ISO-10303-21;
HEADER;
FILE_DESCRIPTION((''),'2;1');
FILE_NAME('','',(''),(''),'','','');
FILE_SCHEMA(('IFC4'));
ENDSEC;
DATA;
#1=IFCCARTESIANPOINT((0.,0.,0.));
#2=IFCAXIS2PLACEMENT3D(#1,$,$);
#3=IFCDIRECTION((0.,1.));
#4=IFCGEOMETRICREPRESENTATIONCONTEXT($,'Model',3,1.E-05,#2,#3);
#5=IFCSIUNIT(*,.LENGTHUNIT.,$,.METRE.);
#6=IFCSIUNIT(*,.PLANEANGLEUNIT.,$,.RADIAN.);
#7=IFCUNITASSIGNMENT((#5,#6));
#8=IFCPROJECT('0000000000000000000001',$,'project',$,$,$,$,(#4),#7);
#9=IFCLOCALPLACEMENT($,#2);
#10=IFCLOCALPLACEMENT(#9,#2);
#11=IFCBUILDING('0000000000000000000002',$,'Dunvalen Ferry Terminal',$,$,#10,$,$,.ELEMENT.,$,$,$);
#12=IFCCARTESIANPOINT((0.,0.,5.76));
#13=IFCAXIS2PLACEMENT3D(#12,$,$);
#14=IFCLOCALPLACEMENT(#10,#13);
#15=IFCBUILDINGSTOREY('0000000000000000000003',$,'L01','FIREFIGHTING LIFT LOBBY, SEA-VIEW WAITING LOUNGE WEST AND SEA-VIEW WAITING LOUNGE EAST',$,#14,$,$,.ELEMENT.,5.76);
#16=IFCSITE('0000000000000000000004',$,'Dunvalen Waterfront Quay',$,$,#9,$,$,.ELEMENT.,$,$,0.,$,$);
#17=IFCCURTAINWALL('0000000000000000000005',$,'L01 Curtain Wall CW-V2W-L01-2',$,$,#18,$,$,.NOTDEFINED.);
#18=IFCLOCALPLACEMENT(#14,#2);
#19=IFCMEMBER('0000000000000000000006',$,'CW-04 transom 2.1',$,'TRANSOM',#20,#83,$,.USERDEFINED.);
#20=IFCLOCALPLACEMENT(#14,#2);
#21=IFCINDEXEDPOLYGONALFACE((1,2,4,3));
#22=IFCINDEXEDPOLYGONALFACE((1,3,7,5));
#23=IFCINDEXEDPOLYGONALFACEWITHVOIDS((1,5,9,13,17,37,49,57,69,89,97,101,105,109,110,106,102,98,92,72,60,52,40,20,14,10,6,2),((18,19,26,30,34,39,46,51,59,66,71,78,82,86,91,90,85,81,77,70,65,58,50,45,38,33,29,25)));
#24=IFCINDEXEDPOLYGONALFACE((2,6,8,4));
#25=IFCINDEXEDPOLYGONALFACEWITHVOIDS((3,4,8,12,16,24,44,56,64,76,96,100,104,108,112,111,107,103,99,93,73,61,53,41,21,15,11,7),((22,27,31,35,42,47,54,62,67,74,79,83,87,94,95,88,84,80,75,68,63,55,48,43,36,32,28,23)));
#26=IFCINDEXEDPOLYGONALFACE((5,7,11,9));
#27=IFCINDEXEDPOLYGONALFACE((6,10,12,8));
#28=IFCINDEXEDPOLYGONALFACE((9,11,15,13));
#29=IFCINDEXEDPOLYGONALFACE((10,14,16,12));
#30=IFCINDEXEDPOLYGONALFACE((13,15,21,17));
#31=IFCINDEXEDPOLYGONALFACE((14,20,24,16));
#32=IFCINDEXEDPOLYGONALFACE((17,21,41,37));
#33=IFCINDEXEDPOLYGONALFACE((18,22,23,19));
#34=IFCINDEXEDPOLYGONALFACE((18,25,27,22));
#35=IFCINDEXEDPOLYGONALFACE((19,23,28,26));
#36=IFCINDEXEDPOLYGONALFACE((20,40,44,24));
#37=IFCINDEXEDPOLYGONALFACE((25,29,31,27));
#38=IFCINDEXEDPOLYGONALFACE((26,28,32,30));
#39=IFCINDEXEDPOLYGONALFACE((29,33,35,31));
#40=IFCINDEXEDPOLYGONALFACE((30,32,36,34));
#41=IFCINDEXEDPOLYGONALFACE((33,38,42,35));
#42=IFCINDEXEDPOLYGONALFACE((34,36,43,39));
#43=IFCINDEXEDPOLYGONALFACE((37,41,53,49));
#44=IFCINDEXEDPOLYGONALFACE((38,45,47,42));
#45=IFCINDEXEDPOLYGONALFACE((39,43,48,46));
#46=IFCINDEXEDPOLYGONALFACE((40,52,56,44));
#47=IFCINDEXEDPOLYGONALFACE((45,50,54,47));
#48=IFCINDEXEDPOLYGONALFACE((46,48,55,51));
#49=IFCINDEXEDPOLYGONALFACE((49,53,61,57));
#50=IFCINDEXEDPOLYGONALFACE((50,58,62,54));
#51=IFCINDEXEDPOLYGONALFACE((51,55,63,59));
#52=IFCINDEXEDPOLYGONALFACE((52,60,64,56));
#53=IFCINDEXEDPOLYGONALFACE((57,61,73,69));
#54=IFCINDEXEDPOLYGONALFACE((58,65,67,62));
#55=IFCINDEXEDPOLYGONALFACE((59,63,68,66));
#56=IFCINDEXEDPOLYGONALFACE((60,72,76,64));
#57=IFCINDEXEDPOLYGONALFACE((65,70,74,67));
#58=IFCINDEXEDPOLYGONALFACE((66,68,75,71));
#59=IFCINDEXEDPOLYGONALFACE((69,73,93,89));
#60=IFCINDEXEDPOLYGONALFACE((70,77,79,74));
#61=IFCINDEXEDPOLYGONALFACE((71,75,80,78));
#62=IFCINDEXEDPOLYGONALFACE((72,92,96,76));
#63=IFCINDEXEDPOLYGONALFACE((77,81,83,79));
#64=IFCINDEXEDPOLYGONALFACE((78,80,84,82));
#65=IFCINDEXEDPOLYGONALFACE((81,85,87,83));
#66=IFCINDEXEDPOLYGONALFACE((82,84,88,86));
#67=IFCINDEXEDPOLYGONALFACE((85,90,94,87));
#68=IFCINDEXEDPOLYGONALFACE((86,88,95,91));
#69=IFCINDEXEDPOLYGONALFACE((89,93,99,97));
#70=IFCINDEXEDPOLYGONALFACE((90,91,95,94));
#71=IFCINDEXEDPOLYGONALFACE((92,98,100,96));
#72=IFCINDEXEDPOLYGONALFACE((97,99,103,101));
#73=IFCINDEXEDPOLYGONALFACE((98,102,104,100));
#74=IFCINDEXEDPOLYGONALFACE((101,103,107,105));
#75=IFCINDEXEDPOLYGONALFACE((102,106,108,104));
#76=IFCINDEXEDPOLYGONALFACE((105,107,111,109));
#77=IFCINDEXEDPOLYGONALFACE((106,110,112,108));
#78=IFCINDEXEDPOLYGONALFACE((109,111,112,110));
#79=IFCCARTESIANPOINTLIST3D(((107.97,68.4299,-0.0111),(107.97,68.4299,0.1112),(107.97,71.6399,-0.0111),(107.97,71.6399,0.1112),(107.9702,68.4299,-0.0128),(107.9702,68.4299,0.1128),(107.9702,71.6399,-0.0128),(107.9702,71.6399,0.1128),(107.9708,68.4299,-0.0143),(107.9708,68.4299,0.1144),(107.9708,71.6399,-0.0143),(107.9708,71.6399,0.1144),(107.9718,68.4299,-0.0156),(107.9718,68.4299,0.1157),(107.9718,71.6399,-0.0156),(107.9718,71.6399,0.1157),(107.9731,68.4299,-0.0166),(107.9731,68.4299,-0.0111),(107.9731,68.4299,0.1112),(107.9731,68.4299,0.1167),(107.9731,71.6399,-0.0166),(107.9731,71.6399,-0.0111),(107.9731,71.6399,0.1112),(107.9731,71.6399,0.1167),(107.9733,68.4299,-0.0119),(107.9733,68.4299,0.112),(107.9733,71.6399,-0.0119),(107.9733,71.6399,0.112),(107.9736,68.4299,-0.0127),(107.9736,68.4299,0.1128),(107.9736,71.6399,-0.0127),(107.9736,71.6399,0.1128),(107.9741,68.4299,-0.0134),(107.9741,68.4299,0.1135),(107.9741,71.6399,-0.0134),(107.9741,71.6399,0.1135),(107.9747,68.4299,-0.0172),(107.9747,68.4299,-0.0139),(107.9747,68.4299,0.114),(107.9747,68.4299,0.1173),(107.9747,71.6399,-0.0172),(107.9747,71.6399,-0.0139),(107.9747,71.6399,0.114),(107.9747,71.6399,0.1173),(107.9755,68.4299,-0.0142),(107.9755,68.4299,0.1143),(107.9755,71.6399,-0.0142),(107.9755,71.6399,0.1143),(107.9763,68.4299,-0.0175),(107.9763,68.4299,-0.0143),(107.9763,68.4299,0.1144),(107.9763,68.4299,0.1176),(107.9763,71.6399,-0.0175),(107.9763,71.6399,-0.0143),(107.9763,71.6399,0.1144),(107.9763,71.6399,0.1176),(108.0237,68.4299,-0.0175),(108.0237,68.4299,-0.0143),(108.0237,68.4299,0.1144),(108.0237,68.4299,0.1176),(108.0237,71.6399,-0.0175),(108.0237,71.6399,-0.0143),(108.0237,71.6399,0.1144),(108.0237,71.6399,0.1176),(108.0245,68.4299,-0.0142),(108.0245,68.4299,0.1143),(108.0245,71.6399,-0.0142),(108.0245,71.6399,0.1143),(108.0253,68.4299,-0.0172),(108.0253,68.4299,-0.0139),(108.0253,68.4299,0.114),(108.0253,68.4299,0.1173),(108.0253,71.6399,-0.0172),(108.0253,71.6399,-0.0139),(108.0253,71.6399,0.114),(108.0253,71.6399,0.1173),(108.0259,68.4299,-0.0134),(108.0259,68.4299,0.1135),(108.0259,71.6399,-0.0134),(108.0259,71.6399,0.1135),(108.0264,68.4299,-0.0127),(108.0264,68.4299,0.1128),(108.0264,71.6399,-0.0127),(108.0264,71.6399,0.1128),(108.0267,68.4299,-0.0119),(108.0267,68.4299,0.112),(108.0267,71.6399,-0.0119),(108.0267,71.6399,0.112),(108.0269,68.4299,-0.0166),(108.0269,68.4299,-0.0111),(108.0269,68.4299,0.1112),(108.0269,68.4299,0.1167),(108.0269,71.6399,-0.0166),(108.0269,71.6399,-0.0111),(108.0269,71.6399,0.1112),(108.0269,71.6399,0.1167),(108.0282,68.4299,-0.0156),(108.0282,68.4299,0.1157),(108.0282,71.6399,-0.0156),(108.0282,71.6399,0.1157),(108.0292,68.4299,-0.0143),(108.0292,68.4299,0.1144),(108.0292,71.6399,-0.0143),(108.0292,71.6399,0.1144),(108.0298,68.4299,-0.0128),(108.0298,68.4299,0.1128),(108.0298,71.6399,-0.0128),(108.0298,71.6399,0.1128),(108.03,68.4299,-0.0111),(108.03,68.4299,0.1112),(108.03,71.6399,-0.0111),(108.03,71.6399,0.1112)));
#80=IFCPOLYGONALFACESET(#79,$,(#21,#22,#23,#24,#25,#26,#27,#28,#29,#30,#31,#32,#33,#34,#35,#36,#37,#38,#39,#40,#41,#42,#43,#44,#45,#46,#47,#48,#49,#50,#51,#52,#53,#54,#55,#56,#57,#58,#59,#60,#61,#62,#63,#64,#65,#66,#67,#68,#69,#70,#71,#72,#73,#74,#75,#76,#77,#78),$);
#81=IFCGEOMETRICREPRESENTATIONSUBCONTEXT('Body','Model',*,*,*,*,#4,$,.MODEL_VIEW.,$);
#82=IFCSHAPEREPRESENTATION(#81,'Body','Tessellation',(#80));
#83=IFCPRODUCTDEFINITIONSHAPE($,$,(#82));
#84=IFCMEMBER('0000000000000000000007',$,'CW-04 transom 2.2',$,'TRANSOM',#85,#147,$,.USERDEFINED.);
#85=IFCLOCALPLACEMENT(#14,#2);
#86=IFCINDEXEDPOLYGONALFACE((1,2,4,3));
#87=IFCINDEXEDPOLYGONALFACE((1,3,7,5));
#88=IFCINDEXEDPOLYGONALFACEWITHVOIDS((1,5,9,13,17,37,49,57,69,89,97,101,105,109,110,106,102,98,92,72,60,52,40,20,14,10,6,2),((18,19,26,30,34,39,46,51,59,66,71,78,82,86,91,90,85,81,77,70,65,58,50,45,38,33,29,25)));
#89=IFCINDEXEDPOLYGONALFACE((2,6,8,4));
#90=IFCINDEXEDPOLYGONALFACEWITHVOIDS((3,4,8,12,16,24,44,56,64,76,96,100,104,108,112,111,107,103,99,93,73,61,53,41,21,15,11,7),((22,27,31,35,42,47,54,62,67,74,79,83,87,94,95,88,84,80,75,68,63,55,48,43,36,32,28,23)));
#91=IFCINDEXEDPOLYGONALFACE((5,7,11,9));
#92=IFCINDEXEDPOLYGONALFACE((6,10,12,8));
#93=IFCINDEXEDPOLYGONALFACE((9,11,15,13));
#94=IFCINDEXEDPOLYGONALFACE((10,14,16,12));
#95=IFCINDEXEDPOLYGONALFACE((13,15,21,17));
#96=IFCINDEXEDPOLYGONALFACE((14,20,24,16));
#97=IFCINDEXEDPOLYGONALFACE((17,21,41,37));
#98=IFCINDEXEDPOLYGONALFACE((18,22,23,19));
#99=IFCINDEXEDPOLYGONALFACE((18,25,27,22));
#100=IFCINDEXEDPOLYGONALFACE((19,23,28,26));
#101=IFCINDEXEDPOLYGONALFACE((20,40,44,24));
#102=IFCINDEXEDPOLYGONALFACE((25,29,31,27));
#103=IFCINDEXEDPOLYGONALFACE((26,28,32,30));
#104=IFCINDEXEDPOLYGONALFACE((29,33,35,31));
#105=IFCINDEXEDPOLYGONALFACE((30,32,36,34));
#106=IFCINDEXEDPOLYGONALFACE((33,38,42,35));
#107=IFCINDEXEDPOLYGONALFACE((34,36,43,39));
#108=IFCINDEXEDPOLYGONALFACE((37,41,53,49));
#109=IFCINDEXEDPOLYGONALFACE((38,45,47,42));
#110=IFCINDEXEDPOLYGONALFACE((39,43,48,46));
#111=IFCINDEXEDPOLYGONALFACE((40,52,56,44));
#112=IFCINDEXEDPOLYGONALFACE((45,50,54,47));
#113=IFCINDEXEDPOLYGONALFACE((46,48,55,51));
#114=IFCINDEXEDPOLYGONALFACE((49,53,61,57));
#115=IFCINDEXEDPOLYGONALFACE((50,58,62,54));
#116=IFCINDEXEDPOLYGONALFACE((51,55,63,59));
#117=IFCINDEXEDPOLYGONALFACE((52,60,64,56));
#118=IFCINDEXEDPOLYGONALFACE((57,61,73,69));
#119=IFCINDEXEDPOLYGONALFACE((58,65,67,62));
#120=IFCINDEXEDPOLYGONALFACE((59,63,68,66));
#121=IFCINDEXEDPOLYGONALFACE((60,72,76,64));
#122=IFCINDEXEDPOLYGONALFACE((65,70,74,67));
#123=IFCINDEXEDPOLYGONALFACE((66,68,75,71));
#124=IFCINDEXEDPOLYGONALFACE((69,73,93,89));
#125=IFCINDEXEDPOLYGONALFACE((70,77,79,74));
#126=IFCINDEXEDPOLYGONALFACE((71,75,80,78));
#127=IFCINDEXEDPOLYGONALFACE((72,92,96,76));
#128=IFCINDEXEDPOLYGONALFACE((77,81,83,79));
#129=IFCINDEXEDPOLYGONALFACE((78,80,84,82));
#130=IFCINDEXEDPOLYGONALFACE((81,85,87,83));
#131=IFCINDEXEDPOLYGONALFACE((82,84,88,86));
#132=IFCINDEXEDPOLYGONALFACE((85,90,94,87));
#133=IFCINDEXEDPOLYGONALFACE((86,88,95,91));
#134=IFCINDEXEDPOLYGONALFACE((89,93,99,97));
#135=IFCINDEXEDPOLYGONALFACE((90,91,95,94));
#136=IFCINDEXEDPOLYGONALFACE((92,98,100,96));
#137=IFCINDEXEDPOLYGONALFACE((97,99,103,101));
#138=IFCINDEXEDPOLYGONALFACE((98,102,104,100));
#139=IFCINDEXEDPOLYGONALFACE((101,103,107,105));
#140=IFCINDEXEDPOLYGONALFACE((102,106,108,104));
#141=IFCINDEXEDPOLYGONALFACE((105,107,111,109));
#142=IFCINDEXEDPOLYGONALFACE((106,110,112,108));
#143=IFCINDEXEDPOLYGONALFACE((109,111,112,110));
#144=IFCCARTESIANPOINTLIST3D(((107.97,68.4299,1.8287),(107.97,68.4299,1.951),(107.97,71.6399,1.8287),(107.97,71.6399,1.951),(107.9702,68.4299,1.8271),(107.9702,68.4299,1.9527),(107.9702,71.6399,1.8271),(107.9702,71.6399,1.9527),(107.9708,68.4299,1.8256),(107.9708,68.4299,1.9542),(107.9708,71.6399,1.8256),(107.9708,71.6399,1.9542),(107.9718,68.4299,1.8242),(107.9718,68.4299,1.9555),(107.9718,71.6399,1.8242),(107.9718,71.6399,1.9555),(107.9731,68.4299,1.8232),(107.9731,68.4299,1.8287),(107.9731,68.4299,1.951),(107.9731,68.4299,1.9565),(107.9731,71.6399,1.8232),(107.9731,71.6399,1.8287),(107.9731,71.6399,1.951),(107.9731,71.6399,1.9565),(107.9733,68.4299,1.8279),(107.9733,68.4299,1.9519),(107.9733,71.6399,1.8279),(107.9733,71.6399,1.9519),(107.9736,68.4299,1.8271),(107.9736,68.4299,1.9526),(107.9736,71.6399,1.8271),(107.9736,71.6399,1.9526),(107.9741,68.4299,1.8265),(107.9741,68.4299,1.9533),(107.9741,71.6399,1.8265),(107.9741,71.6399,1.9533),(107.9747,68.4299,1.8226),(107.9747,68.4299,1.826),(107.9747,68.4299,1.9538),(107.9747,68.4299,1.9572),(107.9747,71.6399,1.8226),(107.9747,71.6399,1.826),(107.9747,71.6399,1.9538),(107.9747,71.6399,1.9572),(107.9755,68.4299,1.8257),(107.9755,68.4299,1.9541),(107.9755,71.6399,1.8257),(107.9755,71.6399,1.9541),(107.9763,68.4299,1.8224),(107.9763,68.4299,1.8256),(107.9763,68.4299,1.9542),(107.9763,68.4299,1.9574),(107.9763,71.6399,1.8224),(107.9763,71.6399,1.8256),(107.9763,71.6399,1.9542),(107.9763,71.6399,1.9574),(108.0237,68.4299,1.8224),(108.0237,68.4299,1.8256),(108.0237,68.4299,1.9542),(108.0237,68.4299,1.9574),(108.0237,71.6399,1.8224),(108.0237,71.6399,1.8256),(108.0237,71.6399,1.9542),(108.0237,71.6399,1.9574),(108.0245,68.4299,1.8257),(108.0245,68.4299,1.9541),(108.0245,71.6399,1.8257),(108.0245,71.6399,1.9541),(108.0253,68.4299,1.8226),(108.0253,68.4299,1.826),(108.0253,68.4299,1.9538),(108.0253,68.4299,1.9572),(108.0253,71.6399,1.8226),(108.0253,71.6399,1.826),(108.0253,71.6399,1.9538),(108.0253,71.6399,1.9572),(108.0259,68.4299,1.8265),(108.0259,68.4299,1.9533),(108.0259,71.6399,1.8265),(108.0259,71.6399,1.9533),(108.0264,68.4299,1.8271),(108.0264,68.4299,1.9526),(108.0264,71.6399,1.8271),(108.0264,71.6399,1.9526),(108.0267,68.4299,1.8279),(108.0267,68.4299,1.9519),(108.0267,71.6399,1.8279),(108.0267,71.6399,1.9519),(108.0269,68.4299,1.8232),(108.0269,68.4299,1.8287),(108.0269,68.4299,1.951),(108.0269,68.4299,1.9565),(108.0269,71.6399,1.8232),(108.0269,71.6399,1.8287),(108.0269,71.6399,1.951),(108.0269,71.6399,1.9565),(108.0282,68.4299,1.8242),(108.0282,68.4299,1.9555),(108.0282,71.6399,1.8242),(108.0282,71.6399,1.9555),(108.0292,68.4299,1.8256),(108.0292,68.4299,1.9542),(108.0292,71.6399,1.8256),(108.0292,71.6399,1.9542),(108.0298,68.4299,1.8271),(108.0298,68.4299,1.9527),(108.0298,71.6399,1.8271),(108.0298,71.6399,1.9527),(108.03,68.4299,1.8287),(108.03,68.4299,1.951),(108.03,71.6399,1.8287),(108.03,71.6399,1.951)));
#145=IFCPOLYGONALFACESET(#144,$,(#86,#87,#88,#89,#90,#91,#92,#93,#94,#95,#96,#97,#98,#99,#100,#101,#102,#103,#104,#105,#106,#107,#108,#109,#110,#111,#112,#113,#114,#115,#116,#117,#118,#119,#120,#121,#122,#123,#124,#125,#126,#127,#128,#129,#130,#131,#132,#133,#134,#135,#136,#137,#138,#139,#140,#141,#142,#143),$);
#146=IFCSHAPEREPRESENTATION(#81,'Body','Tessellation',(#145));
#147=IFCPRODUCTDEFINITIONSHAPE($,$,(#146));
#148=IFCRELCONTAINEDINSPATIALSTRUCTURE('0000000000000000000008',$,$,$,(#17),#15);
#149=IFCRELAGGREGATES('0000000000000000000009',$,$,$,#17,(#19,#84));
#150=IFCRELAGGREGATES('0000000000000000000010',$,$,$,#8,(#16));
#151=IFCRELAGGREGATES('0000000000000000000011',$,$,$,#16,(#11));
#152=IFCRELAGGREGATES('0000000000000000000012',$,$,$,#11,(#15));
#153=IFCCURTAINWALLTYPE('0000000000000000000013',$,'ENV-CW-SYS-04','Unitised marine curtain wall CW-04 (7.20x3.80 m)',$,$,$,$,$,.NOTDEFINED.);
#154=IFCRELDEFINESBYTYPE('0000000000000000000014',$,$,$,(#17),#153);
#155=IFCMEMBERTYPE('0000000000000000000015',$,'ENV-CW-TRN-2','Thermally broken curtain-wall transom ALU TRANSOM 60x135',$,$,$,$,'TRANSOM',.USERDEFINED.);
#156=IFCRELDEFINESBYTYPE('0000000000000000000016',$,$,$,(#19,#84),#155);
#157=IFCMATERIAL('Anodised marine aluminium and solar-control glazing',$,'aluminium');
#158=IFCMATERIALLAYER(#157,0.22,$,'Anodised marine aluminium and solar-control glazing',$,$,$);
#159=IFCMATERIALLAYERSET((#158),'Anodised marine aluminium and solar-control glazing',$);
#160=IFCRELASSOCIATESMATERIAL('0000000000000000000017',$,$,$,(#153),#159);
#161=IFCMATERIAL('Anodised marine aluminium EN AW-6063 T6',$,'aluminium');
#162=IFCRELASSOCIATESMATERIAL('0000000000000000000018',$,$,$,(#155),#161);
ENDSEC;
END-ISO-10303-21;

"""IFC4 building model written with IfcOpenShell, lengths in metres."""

from ifc_helpers import new_model, si_unit, direction, frame, origin, origin_2d, place, context, subcontext, project, spatial, hollow_rectangle, extrude, material, layer, layer_set, material_profile, profile_set, type_object, element, aggregate, save


model = new_model("IFC4")

# Units and contexts
model_context = context("Model", 3, precision=1e-05, world=origin(), true_north=direction((0.0, 1.0)))
body_context = subcontext(model_context, "Body", "Model", "MODEL_VIEW")
ifc_project = project(units=[si_unit("LENGTHUNIT", "METRE"), si_unit("PLANEANGLEUNIT", "RADIAN")], contexts=[model_context])

# Site, building, storey
site_placement = place(None, origin())
site = spatial("IfcSite", under=ifc_project, at=site_placement, Name="Dunvalen Waterfront Quay", CompositionType="ELEMENT", RefElevation=0.0)
building_placement = place(site_placement, origin())
building = spatial("IfcBuilding", under=site, at=building_placement, Name="Dunvalen Ferry Terminal", CompositionType="ELEMENT")
storey_placement = place(building_placement, frame((0.0, 0.0, 5.76)))
storey = spatial("IfcBuildingStorey", under=building, at=storey_placement, Name="L01", Description="FIREFIGHTING LIFT LOBBY, SEA-VIEW WAITING LOUNGE WEST AND SEA-VIEW WAITING LOUNGE EAST", CompositionType="ELEMENT", Elevation=5.76)

# Curtain wall
ifc_material_1 = material(Name="Anodised marine aluminium and solar-control glazing", Category="aluminium")
ifc_layer_1 = layer(ifc_material_1, 0.22, Name="Anodised marine aluminium and solar-control glazing")
ifc_layer_set_1 = layer_set([ifc_layer_1], Name="Anodised marine aluminium and solar-control glazing")
curtain_wall_type_1 = type_object("IfcCurtainWallType", Name="ENV-CW-SYS-04", Description="Unitised marine curtain wall CW-04 (7.20x3.80 m)", PredefinedType="NOTDEFINED", material=ifc_layer_set_1)
curtain_wall_1_placement = place(storey_placement, origin())
curtain_wall_1 = element("IfcCurtainWall", 1, at=curtain_wall_1_placement, inside=storey, type_object=curtain_wall_type_1, Name="L01 Curtain Wall CW-V2W-L01-2", PredefinedType="NOTDEFINED")
ifc_material_2 = material(Name="Anodised marine aluminium EN AW-6063 T6", Category="aluminium")

# Members
ifc_material_profile_1 = material_profile(ifc_material_2, hollow_rectangle(XDim=0.0601, YDim=0.135, WallThickness=0.0032, InnerFilletRadius=0.0032, OuterFilletRadius=0.0063, at=origin_2d()), Name="Anodised marine aluminium EN AW-6063 T6")
ifc_profile_set_1 = profile_set([ifc_material_profile_1], Name="Anodised marine aluminium EN AW-6063 T6")
member_type_1 = type_object("IfcMemberType", Name="ENV-CW-TRN-2", Description="Thermally broken curtain-wall transom ALU TRANSOM 60x135", ElementType="TRANSOM", PredefinedType="USERDEFINED", material=ifc_profile_set_1)
member_1_placement = place(storey_placement, frame((108.0, 68.4299, 0.05), z_axis=(0.0, 1.0, 0.0), x_axis=(-1.0, 0.0, 0.0)))
member_1 = element("IfcMember", 2, at=member_1_placement, type_object=member_type_1, Name="CW-04 transom 2.1", ObjectType="TRANSOM", PredefinedType="USERDEFINED", context=body_context, shape_type="SweptSolid", body=[
    extrude(hollow_rectangle(XDim=0.0601, YDim=0.135, WallThickness=0.0032, InnerFilletRadius=0.0032, OuterFilletRadius=0.0063, at=origin_2d()), origin(), (0.0, 0.0, 1.0), 3.21),
])
member_2_placement = place(storey_placement, frame((108.0, 68.4299, 1.8899), z_axis=(0.0, 1.0, 0.0), x_axis=(-1.0, 0.0, 0.0)))
member_2 = element("IfcMember", 3, at=member_2_placement, type_object=member_type_1, Name="CW-04 transom 2.2", ObjectType="TRANSOM", PredefinedType="USERDEFINED", context=body_context, shape_type="SweptSolid", body=[
    extrude(hollow_rectangle(XDim=0.0601, YDim=0.135, WallThickness=0.0032, InnerFilletRadius=0.0032, OuterFilletRadius=0.0063, at=origin_2d()), origin(), (0.0, 0.0, 1.0), 3.21),
])

aggregate(curtain_wall_1, [member_1, member_2])

save(model, "model.ifc")
